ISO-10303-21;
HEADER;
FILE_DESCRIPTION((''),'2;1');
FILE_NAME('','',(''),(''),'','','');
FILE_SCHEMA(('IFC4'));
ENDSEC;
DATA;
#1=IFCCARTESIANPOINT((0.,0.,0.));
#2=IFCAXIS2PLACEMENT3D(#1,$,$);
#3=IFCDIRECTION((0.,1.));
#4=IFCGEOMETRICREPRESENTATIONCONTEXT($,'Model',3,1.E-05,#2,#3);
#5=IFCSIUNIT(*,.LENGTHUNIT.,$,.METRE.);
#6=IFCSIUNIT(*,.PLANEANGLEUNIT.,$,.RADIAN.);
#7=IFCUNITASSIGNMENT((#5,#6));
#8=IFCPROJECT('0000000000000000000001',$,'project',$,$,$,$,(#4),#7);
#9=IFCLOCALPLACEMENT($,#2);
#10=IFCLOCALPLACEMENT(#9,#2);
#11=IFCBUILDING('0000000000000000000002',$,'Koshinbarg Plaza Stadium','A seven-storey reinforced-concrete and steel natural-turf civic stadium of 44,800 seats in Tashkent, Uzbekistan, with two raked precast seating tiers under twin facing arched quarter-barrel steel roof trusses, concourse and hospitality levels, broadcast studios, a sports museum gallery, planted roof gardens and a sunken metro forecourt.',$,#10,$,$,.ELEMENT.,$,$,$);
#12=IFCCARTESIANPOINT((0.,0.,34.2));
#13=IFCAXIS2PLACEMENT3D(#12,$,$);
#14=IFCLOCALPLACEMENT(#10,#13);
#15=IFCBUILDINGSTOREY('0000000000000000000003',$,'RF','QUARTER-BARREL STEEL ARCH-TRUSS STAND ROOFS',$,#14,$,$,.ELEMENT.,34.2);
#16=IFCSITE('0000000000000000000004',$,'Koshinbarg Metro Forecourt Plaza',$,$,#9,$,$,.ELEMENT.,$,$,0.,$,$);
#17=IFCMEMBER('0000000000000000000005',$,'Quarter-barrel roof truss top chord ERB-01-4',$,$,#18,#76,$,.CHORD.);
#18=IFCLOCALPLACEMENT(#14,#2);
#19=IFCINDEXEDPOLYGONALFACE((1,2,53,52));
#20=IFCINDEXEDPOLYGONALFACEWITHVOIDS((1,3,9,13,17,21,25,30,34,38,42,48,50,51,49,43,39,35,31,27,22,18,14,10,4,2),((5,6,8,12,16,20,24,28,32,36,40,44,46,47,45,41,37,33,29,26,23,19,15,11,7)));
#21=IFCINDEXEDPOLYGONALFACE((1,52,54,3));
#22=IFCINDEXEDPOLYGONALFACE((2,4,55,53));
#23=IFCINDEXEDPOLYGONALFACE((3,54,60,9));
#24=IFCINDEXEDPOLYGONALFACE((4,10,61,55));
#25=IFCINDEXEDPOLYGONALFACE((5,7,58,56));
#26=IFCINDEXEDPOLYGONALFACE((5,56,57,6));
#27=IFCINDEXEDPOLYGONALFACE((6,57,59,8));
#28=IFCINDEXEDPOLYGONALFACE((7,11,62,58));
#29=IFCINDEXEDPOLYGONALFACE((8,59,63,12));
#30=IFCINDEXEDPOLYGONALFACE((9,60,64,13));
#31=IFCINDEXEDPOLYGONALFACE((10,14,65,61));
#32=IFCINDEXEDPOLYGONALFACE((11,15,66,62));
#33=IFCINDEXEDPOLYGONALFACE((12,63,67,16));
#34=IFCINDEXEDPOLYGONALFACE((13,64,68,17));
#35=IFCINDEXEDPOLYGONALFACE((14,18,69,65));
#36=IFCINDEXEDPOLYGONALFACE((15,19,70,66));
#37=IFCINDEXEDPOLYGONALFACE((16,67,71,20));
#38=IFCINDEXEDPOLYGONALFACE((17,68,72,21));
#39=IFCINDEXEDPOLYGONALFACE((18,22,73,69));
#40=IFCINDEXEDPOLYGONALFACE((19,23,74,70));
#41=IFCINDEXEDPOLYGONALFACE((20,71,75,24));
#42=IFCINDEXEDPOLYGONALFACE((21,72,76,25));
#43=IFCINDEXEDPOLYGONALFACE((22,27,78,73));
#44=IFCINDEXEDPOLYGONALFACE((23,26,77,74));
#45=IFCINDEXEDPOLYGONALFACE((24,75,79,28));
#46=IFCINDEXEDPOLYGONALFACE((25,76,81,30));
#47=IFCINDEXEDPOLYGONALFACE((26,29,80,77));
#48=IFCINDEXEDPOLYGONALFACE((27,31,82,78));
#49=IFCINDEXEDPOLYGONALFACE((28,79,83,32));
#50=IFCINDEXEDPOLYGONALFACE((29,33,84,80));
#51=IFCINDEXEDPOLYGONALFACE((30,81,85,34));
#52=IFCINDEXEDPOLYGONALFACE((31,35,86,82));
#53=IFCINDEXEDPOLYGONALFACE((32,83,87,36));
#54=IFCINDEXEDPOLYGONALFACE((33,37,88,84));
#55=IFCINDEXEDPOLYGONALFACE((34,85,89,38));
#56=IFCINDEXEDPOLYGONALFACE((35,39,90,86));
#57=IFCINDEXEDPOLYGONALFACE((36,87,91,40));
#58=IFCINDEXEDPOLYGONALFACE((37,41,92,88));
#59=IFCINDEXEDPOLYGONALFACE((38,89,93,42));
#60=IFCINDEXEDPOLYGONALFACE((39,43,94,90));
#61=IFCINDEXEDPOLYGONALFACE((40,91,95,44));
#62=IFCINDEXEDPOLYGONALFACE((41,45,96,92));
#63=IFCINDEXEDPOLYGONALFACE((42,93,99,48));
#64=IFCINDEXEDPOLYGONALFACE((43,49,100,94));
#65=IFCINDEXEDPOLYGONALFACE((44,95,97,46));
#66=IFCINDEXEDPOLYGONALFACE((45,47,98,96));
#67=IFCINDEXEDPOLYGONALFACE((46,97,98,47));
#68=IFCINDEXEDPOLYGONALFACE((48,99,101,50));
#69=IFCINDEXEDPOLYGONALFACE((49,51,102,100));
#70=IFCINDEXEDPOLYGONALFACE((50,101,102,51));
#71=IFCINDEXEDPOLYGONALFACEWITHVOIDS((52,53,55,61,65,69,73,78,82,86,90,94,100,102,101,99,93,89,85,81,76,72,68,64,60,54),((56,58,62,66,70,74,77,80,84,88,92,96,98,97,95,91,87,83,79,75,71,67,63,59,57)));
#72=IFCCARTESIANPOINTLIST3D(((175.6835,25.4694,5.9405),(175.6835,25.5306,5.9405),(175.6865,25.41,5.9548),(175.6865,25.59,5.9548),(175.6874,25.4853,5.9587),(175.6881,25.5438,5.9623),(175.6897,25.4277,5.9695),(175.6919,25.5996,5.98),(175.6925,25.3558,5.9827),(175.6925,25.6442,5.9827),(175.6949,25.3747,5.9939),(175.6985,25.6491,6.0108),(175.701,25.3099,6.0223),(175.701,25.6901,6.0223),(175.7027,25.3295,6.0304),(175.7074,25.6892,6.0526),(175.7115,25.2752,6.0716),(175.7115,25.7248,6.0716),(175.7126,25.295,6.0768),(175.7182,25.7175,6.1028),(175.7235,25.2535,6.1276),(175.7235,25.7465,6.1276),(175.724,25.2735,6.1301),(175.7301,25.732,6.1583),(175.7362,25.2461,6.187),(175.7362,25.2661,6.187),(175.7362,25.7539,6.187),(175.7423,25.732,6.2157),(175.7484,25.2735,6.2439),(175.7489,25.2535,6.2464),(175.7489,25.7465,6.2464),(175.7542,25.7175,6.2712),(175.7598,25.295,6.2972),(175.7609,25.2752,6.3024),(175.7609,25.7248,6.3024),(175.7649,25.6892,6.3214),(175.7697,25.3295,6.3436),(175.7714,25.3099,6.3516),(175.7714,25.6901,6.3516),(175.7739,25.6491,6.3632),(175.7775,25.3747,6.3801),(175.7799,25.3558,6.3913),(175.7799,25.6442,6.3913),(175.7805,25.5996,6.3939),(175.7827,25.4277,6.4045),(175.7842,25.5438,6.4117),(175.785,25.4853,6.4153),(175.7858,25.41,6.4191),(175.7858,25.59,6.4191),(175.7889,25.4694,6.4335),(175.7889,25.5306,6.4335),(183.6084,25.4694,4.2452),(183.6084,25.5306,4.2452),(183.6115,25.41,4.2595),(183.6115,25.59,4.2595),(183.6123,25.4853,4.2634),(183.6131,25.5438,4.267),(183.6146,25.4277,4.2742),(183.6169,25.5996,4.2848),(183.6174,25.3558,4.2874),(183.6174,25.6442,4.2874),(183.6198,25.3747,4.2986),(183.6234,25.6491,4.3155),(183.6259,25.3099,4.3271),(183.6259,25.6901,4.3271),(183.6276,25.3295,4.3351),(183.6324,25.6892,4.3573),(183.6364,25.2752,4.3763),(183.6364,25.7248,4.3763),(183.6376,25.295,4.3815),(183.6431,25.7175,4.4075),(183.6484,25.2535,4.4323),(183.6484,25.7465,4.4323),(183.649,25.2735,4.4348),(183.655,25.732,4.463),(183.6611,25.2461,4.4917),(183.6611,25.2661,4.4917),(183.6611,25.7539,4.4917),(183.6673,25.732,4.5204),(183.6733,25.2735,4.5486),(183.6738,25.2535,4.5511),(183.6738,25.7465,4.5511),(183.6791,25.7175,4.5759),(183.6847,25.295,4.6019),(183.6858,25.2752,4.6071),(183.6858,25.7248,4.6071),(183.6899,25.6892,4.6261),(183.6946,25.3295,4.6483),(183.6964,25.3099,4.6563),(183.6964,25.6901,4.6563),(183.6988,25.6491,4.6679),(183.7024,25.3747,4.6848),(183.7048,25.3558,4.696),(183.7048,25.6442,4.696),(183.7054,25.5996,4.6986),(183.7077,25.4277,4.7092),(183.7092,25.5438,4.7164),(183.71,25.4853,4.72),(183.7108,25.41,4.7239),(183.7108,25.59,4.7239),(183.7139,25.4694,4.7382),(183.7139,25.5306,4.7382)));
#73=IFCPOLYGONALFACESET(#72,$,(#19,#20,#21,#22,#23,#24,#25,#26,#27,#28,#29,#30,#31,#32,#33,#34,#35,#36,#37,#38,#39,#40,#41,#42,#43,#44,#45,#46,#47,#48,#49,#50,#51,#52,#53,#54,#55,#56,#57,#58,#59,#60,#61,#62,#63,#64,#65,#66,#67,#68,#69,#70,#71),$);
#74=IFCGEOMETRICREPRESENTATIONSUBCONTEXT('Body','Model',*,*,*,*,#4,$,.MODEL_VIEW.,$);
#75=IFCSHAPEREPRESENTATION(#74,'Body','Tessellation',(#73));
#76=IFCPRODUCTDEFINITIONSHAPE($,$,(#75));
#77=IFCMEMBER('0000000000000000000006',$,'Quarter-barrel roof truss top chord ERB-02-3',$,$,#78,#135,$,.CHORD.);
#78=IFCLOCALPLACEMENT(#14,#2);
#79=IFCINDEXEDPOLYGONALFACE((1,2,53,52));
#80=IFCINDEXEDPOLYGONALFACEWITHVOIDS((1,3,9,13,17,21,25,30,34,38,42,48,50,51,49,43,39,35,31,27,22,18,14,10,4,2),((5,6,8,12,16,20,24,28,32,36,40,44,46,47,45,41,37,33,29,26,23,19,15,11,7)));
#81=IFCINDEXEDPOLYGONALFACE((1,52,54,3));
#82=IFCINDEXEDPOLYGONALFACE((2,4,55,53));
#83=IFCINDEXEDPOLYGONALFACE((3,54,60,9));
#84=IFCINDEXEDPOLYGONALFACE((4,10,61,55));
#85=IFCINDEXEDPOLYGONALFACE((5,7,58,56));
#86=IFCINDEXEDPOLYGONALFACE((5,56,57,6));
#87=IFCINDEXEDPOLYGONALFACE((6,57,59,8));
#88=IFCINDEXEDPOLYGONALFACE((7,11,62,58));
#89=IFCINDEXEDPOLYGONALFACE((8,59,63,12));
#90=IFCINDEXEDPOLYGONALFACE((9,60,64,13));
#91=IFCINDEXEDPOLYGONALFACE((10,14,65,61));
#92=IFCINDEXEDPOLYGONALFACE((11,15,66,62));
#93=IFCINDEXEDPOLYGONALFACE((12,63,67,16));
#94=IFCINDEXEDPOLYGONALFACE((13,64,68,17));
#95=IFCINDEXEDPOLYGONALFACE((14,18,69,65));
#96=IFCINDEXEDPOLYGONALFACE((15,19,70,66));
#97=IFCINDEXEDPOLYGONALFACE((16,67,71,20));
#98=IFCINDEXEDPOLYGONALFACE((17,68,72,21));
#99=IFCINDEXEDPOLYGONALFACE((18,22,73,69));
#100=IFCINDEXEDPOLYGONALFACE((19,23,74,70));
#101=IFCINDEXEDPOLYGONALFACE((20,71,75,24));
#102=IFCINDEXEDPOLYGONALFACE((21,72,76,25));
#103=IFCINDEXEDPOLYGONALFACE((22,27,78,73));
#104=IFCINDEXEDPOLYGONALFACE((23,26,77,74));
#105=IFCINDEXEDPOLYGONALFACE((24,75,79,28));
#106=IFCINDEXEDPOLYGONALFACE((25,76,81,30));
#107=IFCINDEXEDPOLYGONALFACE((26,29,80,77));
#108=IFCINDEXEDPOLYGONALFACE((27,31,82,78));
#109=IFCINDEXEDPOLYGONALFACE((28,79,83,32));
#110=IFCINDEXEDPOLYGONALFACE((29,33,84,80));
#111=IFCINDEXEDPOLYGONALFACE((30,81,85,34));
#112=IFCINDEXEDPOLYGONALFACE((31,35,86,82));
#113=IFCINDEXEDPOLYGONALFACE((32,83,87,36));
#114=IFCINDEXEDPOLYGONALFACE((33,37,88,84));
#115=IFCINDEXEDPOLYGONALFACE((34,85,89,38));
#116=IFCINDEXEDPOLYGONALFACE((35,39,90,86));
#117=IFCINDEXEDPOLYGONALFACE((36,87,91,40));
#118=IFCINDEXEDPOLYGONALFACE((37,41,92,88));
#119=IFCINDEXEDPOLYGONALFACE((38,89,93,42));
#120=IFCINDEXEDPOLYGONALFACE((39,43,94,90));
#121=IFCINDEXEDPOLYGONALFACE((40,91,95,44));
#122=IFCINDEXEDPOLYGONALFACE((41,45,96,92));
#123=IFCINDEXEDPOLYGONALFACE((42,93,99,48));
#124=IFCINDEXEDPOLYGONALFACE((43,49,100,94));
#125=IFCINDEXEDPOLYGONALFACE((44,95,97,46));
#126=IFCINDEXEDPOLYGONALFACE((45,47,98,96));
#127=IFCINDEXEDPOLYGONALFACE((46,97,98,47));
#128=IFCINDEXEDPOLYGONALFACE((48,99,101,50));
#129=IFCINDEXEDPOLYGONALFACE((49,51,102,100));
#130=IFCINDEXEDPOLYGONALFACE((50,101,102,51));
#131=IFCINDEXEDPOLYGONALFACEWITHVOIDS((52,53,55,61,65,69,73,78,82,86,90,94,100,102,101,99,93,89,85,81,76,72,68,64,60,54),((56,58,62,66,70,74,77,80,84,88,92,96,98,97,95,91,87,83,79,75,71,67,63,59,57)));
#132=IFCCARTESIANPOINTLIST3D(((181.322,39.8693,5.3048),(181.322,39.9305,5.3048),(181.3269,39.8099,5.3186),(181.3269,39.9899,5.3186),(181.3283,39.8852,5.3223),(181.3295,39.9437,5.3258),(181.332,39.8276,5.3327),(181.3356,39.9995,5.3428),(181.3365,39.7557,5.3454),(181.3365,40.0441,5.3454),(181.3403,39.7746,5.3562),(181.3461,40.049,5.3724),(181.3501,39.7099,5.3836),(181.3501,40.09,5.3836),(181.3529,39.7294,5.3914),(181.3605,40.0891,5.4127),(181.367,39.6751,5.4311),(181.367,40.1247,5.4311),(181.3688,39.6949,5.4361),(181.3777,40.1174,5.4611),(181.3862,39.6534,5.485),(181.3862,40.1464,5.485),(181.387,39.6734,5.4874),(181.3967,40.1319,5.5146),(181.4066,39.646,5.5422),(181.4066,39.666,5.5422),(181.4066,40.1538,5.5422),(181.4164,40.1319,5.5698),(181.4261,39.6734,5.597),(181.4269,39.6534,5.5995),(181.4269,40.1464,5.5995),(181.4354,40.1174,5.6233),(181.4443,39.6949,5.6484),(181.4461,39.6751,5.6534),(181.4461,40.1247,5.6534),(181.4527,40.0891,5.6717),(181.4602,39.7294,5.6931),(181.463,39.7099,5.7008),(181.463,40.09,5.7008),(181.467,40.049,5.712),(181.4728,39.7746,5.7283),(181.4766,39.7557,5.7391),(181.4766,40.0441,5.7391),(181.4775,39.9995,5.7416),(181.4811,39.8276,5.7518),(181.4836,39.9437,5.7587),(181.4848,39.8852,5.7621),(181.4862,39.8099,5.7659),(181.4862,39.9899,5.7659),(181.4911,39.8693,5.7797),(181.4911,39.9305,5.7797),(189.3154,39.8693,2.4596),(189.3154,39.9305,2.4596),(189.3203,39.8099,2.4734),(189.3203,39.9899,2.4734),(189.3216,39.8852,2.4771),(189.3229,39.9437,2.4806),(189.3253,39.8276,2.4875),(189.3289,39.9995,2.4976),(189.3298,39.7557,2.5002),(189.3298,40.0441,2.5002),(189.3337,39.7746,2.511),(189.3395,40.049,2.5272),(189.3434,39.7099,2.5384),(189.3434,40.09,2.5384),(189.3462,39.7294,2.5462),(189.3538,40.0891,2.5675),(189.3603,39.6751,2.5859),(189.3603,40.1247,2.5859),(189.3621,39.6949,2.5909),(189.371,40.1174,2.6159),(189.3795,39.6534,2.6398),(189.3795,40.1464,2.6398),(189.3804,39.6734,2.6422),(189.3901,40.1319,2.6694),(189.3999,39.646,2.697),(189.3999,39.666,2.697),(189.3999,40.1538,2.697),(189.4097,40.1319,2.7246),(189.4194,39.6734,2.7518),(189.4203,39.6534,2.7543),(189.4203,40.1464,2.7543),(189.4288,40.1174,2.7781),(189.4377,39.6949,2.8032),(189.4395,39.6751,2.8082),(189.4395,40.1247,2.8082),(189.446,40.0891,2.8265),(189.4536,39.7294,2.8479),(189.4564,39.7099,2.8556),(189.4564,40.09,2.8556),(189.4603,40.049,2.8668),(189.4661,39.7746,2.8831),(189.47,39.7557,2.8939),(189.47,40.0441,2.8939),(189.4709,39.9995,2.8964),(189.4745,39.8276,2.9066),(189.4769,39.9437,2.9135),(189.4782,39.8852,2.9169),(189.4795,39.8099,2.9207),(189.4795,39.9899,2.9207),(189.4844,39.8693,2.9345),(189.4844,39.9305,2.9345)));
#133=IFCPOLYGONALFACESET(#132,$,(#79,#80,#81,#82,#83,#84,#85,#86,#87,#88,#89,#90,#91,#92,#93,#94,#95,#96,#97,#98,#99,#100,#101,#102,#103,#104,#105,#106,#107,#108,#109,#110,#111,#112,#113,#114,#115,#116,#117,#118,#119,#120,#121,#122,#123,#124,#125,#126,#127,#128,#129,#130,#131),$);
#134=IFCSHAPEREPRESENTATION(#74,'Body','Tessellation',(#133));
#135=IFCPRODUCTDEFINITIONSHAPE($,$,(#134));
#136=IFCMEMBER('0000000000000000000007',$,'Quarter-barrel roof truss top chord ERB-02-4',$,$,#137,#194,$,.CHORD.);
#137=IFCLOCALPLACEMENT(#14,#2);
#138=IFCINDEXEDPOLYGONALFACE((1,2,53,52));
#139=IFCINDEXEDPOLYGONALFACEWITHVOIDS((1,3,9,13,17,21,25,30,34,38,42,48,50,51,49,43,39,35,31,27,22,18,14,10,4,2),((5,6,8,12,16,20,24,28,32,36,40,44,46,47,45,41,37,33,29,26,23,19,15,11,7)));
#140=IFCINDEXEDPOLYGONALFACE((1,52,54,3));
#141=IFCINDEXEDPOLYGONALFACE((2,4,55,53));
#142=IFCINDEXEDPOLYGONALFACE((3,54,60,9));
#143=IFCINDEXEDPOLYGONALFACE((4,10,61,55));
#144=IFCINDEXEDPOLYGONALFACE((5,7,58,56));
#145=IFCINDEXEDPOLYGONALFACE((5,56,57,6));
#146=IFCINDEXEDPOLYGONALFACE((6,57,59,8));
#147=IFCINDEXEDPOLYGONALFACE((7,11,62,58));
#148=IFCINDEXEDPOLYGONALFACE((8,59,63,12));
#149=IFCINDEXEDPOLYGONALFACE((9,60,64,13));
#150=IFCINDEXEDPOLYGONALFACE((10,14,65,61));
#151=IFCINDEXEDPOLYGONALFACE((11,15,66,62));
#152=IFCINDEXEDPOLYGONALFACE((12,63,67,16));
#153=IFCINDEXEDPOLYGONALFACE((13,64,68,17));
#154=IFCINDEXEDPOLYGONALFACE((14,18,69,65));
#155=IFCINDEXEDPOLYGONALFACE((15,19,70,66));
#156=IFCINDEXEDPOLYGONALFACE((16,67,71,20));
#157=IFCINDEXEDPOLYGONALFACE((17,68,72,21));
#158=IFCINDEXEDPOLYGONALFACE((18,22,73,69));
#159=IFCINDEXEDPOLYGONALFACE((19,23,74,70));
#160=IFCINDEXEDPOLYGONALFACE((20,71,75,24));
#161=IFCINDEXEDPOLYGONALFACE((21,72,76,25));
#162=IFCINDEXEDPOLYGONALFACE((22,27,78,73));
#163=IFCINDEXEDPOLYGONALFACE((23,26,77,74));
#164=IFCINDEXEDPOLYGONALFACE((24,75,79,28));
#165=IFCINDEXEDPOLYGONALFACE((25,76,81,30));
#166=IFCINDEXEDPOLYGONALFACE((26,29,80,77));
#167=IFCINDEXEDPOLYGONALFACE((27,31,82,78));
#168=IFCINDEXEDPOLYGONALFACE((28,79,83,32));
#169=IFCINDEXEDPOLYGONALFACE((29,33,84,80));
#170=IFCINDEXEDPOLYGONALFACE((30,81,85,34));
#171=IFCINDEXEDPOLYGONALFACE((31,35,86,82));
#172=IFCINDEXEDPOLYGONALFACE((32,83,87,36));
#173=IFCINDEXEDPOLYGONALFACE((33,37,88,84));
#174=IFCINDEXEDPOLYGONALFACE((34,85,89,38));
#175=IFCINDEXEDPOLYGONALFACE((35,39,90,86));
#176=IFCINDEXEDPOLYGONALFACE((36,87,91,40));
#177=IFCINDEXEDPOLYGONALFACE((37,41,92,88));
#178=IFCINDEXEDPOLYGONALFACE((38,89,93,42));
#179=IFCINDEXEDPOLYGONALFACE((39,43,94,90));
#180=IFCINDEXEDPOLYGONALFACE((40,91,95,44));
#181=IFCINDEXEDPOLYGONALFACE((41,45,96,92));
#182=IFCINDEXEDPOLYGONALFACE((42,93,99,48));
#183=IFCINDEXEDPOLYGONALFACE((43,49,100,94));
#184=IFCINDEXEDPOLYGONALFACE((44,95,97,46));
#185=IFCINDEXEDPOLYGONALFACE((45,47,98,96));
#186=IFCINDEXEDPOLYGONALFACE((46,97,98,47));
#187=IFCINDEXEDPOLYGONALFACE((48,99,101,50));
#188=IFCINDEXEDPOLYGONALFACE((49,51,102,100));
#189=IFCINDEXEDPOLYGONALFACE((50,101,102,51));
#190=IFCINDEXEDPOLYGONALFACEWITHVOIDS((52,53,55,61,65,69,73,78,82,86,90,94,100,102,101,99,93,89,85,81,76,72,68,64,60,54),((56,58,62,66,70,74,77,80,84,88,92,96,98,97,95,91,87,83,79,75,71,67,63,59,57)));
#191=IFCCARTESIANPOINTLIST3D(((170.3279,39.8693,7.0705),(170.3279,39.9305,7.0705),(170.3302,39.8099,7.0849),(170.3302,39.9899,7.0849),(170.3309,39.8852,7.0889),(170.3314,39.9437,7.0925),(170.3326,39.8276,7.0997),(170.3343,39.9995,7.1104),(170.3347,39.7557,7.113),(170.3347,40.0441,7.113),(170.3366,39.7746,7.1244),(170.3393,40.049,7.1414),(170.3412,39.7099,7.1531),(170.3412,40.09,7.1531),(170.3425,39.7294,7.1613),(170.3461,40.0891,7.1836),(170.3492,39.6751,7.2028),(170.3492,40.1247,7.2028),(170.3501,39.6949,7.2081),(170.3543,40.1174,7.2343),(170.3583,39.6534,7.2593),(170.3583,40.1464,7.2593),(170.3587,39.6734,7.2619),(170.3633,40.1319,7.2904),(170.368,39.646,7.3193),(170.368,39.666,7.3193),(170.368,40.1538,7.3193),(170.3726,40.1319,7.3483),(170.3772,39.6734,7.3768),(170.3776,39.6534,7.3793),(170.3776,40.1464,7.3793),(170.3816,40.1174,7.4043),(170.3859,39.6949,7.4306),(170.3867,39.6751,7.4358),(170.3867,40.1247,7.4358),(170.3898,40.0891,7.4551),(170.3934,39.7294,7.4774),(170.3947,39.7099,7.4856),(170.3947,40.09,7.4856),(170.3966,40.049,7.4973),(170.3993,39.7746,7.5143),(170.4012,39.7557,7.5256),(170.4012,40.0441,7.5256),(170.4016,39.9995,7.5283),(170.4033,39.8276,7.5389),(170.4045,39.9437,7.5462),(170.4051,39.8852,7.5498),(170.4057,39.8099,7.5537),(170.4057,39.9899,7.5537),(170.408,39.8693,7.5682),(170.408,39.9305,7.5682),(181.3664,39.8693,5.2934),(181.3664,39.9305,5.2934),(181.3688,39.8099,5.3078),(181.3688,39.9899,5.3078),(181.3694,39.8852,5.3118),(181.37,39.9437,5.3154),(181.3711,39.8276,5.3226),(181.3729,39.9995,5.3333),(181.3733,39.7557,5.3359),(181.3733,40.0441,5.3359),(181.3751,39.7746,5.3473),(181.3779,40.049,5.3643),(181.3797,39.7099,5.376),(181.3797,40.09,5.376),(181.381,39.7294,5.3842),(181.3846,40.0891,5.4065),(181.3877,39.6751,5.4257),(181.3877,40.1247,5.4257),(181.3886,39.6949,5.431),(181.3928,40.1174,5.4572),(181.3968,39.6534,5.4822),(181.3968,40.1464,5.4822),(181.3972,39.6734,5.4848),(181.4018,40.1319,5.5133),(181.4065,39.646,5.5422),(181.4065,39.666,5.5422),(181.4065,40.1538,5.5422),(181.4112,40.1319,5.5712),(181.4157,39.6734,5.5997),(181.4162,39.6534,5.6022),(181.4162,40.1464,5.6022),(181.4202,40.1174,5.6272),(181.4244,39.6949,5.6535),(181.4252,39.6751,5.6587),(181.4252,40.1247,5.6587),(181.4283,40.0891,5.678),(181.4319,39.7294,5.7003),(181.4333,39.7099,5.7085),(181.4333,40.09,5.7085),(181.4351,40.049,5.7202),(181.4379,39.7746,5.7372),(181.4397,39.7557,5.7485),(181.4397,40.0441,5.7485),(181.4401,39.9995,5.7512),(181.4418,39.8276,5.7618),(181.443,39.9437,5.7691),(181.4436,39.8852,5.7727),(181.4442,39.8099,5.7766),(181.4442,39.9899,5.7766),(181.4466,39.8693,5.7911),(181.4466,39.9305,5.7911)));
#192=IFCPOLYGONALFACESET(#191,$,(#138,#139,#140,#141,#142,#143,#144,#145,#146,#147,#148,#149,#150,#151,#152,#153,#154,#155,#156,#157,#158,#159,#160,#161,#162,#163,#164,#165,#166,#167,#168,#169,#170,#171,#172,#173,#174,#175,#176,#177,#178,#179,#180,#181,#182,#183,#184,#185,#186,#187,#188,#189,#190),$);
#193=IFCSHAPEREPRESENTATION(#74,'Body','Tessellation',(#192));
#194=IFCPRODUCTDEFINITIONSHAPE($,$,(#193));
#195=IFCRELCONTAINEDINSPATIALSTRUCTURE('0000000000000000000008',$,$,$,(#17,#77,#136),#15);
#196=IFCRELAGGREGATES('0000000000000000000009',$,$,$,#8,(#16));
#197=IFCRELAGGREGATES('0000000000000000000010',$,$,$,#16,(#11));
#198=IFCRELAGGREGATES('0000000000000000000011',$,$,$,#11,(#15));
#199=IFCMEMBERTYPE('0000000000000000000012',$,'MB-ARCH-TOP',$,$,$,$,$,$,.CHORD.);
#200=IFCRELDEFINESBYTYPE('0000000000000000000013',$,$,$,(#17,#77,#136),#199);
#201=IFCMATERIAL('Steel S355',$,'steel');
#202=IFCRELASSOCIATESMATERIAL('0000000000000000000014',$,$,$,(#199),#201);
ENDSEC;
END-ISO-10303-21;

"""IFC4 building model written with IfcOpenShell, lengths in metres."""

from ifc_helpers import new_model, si_unit, direction, frame, origin, origin_2d, place, context, subcontext, project, spatial, hollow_circle, extrude, material, material_profile, profile_set, type_object, element, save


model = new_model("IFC4")

# Units and contexts
model_context = context("Model", 3, precision=1e-05, world=origin(), true_north=direction((0.0, 1.0)))
body_context = subcontext(model_context, "Body", "Model", "MODEL_VIEW")
ifc_project = project(units=[si_unit("LENGTHUNIT", "METRE"), si_unit("PLANEANGLEUNIT", "RADIAN")], contexts=[model_context])

# Site, building, storey
site_placement = place(None, origin())
site = spatial("IfcSite", under=ifc_project, at=site_placement, Name="Koshinbarg Metro Forecourt Plaza", CompositionType="ELEMENT", RefElevation=0.0)
building_placement = place(site_placement, origin())
building = spatial("IfcBuilding", under=site, at=building_placement, Name="Koshinbarg Plaza Stadium", Description="A seven-storey reinforced-concrete and steel natural-turf civic stadium of 44,800 seats in Tashkent, Uzbekistan, with two raked precast seating tiers under twin facing arched quarter-barrel steel roof trusses, concourse and hospitality levels, broadcast studios, a sports museum gallery, planted roof gardens and a sunken metro forecourt.", CompositionType="ELEMENT")
storey_placement = place(building_placement, frame((0.0, 0.0, 34.2)))
storey = spatial("IfcBuildingStorey", under=building, at=storey_placement, Name="RF", Description="QUARTER-BARREL STEEL ARCH-TRUSS STAND ROOFS", CompositionType="ELEMENT", Elevation=34.2)

# Members
ifc_material_1 = material(Name="Steel S355", Category="steel")
ifc_material_profile_1 = material_profile(ifc_material_1, hollow_circle(Radius=0.2539, WallThickness=0.02, at=origin_2d()), Name="CHS 508x20")
ifc_profile_set_1 = profile_set([ifc_material_profile_1], Name="Steel S355")
member_type_1 = type_object("IfcMemberType", Name="MB-ARCH-TOP", PredefinedType="CHORD", material=ifc_profile_set_1)
member_1_placement = place(storey_placement, frame((183.6611, 25.5, 4.4917), z_axis=(-0.977876, 0.0, 0.209186), x_axis=(0.0, -1.0, 0.0)))
element("IfcMember", 1, at=member_1_placement, inside=storey, type_object=member_type_1, Name="Quarter-barrel roof truss top chord ERB-01-4", PredefinedType="CHORD", context=body_context, shape_type="SweptSolid", body=[
    extrude(hollow_circle(Radius=0.2539, WallThickness=0.02, at=origin_2d()), origin(), (0.0, 0.0, 1.0), 8.1042),
])
member_2_placement = place(storey_placement, frame((189.3999, 39.8999, 2.697), z_axis=(-0.942099, 0.0, 0.335335), x_axis=(0.0, -1.0, 0.0)))
element("IfcMember", 2, at=member_2_placement, inside=storey, type_object=member_type_1, Name="Quarter-barrel roof truss top chord ERB-02-3", PredefinedType="CHORD", context=body_context, shape_type="SweptSolid", body=[
    extrude(hollow_circle(Radius=0.2539, WallThickness=0.02, at=origin_2d()), origin(), (0.0, 0.0, 1.0), 8.4846),
])
member_3_placement = place(storey_placement, frame((181.4065, 39.8999, 5.5422), z_axis=(-0.987288, 0.0, 0.158943), x_axis=(0.0, -1.0, 0.0)))
element("IfcMember", 3, at=member_3_placement, inside=storey, type_object=member_type_1, Name="Quarter-barrel roof truss top chord ERB-02-4", PredefinedType="CHORD", context=body_context, shape_type="SweptSolid", body=[
    extrude(hollow_circle(Radius=0.2539, WallThickness=0.02, at=origin_2d()), origin(), (0.0, 0.0, 1.0), 11.1807),
])

save(model, "model.ifc")
